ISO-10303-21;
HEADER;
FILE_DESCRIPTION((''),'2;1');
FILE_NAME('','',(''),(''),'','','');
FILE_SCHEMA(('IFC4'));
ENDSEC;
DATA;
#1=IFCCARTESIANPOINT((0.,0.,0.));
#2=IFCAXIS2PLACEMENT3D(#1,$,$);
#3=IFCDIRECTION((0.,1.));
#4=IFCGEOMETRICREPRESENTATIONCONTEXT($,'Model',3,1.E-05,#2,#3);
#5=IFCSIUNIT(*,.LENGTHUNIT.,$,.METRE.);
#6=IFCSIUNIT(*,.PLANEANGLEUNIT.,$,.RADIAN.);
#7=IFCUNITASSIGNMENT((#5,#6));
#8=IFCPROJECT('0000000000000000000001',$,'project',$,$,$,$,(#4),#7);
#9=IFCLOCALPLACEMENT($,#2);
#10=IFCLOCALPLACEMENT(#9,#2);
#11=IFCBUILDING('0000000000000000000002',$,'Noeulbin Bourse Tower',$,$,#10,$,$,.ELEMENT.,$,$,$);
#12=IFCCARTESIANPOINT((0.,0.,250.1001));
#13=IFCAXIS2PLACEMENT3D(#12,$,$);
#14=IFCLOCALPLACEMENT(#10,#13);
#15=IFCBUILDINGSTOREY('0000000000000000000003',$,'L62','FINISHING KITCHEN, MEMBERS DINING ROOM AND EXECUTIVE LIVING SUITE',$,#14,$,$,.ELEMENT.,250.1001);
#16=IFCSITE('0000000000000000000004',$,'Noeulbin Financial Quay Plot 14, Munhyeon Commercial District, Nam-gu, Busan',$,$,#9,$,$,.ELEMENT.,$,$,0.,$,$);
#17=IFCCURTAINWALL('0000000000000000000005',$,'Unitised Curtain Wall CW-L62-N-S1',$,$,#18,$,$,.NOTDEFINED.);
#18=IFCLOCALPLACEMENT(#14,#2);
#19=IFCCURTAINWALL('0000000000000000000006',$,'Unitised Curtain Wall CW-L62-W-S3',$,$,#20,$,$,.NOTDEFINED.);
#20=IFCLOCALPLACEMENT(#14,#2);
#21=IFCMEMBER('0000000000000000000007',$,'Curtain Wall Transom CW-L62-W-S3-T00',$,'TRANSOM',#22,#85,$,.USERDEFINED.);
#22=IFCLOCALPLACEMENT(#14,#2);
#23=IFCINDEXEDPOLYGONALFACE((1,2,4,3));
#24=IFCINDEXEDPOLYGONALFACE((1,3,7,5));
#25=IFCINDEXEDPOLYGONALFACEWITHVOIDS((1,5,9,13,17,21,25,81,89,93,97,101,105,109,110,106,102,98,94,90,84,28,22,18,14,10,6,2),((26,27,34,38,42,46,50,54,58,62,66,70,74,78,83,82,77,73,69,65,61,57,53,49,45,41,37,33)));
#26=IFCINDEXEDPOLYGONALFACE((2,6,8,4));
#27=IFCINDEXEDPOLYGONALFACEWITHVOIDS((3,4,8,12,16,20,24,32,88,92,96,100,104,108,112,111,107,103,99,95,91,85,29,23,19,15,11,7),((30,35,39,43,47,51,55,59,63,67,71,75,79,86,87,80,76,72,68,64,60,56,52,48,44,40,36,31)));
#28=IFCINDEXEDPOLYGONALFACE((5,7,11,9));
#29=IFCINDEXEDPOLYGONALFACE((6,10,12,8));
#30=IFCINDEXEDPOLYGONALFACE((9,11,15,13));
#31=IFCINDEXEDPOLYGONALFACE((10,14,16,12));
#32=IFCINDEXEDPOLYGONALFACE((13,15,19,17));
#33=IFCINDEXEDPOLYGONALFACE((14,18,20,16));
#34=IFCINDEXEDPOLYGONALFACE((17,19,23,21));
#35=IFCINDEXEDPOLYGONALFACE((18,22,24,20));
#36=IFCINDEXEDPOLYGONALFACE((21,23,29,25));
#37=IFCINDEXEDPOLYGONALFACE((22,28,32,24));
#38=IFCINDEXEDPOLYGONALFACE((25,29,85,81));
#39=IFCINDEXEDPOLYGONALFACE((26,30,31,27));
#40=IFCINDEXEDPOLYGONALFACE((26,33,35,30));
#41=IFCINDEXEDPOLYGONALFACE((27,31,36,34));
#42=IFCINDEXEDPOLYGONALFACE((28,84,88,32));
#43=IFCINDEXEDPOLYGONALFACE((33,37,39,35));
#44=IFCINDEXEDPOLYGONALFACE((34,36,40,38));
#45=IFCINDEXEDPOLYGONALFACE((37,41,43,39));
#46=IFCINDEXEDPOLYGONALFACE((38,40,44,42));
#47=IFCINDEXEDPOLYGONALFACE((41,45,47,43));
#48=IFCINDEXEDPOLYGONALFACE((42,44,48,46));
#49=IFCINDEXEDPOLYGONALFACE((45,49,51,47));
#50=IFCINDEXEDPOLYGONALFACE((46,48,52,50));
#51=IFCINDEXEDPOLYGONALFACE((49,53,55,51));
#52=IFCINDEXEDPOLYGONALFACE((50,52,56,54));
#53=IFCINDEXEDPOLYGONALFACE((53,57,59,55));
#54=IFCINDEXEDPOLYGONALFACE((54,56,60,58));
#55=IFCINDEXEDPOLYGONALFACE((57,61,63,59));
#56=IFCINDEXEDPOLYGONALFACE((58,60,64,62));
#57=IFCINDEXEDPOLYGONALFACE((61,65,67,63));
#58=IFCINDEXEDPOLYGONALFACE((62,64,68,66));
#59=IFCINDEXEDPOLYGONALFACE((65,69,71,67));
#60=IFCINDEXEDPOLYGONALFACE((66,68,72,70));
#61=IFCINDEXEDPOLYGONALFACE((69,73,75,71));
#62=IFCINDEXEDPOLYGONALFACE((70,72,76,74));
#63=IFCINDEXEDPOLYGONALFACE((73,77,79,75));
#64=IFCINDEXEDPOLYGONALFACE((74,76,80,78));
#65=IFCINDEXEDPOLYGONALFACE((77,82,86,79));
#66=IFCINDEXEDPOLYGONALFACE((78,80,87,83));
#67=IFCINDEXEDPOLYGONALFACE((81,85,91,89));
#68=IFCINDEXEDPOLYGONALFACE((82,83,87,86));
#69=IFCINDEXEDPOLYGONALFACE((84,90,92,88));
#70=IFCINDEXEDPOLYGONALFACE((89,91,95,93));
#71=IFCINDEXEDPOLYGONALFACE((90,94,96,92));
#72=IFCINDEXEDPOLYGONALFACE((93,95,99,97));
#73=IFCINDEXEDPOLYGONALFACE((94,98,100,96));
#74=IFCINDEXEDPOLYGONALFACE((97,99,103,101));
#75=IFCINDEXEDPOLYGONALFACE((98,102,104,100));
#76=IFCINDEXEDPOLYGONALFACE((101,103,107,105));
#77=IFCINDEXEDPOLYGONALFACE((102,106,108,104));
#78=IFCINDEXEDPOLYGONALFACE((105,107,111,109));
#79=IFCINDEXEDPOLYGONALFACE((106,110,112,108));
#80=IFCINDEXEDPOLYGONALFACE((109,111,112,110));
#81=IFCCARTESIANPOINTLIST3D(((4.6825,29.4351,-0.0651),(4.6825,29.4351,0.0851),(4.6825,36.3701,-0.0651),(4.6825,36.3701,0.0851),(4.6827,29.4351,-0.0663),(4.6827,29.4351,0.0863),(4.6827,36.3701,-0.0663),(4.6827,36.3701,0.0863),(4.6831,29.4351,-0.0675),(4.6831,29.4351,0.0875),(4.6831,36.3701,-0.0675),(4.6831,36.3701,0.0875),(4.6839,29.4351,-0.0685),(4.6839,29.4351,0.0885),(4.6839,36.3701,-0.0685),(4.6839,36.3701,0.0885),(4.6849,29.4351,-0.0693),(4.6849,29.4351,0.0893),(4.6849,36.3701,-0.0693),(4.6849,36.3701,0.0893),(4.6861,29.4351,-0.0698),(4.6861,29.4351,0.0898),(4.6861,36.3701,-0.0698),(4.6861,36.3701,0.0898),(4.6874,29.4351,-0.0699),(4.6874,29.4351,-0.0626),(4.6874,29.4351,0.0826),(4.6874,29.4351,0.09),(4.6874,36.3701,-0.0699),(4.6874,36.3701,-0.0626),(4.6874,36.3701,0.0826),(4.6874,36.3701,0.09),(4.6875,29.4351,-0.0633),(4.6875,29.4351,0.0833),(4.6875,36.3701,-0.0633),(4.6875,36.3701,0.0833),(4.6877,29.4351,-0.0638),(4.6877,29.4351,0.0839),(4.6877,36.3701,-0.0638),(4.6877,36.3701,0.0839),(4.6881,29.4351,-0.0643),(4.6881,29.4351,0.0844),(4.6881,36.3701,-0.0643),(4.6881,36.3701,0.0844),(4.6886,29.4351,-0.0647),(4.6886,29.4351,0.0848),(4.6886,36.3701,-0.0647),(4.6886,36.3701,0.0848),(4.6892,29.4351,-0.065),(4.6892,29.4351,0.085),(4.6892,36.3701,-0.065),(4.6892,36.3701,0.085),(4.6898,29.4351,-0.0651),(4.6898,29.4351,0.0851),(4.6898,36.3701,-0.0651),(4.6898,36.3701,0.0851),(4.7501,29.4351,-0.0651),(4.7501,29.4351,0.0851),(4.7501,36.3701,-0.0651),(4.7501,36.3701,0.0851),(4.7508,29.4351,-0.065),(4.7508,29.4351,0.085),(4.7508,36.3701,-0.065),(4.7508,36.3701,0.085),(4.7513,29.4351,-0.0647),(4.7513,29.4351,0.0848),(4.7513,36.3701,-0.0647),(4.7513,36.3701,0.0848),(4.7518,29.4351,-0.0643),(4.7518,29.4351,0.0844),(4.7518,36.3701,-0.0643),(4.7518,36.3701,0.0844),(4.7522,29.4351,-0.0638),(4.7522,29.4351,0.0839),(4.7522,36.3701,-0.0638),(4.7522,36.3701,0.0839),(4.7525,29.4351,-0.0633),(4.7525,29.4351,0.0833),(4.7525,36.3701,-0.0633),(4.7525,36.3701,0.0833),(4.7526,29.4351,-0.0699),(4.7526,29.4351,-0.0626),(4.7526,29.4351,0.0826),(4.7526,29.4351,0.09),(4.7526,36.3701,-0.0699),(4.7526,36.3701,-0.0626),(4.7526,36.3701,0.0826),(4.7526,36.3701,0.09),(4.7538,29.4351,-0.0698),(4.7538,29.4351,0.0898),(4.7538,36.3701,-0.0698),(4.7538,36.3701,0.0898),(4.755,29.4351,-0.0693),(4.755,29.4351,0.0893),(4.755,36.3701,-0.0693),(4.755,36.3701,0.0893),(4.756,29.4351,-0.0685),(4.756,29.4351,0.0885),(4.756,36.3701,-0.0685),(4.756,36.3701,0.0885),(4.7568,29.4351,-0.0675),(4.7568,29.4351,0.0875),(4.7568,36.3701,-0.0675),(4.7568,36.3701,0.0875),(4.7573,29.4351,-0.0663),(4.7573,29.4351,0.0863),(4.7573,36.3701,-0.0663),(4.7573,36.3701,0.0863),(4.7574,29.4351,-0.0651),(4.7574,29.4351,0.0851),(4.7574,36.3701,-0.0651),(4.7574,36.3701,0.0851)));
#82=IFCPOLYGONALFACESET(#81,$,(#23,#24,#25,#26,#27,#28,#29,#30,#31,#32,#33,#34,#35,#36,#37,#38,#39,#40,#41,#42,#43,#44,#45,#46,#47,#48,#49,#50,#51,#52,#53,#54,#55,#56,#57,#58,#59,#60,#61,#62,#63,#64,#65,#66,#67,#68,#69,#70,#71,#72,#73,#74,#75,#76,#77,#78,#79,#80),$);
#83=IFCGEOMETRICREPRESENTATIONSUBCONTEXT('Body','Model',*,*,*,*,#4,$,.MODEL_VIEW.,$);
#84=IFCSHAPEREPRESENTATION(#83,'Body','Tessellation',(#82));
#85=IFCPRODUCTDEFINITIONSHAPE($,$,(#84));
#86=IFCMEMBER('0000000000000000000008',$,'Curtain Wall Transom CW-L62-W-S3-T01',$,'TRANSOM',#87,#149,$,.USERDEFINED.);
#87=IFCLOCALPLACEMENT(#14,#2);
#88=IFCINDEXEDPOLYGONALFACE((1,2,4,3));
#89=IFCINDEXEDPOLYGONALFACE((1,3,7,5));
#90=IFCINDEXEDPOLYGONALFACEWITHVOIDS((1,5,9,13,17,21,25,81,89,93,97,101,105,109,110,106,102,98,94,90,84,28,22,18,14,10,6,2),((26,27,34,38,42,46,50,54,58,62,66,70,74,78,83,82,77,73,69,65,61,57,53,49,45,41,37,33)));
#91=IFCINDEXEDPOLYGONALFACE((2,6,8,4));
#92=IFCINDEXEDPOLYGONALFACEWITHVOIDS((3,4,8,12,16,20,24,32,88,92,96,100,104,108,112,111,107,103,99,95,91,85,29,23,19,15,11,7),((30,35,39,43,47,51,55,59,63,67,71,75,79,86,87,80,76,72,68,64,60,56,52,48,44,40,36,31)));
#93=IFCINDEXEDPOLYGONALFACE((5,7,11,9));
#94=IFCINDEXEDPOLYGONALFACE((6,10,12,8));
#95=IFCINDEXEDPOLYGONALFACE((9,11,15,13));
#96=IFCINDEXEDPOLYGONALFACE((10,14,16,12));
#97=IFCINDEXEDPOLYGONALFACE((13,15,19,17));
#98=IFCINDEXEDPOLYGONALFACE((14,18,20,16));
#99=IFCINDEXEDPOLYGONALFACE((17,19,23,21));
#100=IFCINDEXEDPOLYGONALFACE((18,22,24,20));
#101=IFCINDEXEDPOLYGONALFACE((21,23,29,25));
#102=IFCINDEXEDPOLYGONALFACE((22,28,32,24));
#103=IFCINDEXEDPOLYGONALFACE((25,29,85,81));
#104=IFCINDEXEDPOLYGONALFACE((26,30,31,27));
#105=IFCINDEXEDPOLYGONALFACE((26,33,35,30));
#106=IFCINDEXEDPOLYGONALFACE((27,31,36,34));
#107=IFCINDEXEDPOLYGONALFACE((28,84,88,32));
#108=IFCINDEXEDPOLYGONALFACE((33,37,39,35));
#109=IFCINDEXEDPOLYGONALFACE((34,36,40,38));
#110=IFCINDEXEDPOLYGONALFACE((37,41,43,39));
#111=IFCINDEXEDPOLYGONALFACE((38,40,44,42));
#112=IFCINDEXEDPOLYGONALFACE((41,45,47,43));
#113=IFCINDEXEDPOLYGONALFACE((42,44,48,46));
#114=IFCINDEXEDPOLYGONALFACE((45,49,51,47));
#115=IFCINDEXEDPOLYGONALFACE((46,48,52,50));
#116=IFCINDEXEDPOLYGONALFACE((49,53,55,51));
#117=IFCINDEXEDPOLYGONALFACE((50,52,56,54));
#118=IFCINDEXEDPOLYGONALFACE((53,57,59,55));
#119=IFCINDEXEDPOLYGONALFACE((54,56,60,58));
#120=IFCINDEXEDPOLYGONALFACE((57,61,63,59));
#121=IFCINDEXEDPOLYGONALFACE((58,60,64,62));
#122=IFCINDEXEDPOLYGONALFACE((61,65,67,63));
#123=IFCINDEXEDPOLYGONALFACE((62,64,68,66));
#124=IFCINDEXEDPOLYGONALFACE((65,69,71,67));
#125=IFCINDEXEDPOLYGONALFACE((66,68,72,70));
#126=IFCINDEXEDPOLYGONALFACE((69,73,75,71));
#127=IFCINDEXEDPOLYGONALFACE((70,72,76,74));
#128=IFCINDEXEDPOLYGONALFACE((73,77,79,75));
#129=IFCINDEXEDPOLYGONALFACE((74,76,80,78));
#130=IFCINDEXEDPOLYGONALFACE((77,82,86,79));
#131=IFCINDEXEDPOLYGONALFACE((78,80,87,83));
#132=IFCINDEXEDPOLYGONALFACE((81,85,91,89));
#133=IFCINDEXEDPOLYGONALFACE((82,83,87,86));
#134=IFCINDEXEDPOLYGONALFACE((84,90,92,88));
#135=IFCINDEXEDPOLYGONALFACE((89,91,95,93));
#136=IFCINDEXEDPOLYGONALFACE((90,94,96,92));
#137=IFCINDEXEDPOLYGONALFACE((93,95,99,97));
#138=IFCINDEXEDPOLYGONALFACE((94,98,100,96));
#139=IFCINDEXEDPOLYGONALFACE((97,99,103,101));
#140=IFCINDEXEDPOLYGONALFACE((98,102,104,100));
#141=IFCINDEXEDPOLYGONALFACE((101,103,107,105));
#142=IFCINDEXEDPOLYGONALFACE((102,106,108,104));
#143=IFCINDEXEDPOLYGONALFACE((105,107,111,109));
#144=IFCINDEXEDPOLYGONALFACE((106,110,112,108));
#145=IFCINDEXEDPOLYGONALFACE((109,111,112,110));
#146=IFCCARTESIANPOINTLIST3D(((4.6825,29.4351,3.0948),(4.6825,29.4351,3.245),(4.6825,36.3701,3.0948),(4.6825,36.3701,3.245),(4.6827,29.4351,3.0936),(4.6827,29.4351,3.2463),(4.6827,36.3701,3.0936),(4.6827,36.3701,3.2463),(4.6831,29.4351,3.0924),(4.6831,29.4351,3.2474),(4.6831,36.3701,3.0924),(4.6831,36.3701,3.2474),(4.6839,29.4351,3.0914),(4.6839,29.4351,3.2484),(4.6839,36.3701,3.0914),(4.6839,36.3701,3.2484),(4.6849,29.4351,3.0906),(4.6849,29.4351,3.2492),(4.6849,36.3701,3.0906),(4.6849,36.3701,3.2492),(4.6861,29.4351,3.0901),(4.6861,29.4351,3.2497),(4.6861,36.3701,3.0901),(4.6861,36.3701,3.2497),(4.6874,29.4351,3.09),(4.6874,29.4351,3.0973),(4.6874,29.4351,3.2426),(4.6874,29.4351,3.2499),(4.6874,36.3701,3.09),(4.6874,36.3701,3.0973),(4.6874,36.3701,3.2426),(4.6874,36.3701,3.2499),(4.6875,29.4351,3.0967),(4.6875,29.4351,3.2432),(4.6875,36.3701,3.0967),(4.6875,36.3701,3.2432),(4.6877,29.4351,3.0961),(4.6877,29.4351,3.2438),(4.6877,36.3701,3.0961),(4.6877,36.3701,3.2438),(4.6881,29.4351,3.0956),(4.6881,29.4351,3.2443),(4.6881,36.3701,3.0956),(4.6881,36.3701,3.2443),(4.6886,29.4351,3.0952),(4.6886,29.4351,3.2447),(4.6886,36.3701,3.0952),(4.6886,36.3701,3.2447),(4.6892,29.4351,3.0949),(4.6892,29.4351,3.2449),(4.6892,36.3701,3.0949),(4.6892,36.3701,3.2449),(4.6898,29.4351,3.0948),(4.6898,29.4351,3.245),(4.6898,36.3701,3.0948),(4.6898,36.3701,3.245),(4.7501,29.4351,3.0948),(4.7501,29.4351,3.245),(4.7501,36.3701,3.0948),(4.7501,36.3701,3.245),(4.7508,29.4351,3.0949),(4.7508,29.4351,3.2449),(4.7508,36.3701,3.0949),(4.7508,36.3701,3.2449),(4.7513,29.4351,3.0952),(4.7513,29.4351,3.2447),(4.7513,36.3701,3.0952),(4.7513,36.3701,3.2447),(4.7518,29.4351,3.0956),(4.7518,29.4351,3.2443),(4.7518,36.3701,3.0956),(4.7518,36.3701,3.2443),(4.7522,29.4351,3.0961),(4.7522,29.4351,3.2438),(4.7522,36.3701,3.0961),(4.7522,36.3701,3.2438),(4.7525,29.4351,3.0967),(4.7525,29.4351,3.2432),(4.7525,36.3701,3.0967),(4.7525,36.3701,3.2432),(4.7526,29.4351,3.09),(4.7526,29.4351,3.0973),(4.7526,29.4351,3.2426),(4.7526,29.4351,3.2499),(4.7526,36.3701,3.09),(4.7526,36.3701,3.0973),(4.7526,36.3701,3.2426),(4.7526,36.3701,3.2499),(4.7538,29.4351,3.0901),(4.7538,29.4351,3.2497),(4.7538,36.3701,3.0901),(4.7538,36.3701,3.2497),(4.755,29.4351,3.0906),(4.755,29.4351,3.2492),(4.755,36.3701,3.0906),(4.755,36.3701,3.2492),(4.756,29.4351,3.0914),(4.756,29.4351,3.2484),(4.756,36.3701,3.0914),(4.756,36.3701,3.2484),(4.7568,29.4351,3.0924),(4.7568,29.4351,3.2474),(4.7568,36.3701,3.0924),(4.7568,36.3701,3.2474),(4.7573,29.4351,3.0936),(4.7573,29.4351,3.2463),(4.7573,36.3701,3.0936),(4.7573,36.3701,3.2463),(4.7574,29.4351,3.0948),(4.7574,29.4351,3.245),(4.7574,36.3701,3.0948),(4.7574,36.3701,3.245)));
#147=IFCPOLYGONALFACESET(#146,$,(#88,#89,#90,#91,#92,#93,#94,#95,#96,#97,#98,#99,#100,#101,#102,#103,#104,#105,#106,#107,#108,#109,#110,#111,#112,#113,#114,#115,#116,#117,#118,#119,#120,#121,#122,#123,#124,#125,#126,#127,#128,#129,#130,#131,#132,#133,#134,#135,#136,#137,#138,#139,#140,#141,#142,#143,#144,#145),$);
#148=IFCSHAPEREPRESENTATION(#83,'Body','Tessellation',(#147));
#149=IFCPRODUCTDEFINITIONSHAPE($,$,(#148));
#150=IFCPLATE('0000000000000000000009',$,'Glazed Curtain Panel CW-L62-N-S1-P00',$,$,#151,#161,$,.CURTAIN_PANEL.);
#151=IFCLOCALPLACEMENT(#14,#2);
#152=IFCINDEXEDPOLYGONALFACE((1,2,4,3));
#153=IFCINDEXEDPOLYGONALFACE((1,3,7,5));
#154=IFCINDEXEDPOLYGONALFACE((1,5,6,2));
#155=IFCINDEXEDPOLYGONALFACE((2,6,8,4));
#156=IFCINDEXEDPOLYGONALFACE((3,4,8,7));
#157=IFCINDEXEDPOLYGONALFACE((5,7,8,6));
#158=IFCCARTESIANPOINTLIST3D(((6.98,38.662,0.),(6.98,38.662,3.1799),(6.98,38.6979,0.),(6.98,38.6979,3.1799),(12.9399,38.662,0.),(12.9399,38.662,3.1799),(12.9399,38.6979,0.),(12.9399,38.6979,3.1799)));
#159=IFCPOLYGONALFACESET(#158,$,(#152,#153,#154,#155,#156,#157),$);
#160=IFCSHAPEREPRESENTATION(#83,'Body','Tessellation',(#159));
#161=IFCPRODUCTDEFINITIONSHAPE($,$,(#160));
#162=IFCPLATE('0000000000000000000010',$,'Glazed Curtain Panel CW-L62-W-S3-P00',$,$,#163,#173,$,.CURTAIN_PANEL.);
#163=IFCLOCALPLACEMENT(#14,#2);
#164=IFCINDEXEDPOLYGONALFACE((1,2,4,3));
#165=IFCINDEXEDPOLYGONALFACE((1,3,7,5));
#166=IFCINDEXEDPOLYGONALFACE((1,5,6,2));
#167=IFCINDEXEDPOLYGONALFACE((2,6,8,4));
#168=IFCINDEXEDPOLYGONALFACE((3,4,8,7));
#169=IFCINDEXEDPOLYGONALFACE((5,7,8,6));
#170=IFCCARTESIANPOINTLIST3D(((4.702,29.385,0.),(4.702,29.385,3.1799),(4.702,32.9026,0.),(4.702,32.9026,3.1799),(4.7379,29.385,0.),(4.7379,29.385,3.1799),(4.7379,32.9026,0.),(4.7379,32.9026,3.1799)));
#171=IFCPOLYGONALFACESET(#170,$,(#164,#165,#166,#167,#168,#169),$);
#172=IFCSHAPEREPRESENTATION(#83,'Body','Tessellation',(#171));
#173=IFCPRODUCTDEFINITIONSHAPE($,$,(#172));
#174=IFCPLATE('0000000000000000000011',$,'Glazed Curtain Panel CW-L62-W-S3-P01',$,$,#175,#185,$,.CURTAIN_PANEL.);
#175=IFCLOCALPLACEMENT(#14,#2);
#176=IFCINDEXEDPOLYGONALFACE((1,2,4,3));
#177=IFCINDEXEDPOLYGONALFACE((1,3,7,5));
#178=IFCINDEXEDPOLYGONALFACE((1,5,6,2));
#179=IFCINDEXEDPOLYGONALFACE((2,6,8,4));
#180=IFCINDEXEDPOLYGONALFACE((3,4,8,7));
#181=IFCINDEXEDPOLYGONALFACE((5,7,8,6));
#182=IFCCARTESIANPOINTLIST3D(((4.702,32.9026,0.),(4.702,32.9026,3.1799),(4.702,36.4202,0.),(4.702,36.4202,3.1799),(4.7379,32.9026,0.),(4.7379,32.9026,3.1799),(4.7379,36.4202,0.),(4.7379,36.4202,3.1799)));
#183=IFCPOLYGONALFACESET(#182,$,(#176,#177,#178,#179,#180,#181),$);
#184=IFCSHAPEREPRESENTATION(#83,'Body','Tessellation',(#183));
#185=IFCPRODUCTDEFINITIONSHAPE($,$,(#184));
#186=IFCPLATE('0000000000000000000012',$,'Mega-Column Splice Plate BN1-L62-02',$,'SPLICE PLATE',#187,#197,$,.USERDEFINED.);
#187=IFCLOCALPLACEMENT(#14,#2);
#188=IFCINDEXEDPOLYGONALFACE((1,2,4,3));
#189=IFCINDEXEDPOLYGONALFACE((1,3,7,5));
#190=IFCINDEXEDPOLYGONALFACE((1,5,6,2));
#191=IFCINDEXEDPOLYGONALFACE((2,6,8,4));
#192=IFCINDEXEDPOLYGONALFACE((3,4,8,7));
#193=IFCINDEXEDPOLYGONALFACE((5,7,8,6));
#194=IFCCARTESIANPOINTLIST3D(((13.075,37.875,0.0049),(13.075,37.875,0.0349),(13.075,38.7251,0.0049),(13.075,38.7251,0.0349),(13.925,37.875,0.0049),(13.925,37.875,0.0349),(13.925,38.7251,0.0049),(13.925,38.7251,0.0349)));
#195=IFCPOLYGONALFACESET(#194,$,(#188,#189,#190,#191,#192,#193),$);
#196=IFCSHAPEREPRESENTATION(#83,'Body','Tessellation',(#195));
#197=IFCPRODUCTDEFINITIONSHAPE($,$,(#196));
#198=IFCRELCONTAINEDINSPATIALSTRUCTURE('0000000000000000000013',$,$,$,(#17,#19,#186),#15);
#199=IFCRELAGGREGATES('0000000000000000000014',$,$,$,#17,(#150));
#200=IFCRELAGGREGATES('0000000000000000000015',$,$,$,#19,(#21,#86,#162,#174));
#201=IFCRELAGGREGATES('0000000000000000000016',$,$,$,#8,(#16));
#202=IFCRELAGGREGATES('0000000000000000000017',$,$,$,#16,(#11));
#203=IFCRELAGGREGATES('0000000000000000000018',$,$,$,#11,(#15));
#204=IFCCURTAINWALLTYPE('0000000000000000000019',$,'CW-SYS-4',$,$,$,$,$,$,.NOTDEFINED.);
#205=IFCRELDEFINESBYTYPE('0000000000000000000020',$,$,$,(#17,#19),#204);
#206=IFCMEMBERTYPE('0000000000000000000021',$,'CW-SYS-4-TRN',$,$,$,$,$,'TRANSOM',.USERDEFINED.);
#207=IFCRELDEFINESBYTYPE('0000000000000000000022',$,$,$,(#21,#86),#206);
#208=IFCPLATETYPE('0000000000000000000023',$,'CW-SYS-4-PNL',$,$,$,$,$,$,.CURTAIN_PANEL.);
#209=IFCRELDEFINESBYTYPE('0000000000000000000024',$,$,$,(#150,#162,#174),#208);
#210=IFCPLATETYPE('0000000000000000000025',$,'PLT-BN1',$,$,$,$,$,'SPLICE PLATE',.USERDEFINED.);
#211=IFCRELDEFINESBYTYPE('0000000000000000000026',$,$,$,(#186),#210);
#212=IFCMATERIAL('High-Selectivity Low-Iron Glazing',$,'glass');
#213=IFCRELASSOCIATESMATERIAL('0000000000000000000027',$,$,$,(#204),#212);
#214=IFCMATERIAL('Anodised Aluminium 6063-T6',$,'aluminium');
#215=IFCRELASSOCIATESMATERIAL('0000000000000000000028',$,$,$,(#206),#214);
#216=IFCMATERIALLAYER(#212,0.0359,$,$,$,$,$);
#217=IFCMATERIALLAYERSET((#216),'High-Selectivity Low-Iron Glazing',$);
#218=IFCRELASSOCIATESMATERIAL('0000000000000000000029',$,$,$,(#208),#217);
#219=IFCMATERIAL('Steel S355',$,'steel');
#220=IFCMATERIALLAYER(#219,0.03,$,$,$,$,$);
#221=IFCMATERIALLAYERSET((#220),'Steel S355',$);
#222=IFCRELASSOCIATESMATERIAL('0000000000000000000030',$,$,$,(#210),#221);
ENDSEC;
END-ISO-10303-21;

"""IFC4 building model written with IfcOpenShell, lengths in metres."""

from ifc_helpers import new_model, si_unit, direction, frame, origin, origin_2d, place, context, subcontext, project, spatial, rectangle, hollow_rectangle, extrude, material, layer, layer_set, material_profile, profile_set, type_object, element, aggregate, save


model = new_model("IFC4")

# Units and contexts
model_context = context("Model", 3, precision=1e-05, world=origin(), true_north=direction((0.0, 1.0)))
body_context = subcontext(model_context, "Body", "Model", "MODEL_VIEW")
ifc_project = project(units=[si_unit("LENGTHUNIT", "METRE"), si_unit("PLANEANGLEUNIT", "RADIAN")], contexts=[model_context])

# Site, building, storey
site_placement = place(None, origin())
site = spatial("IfcSite", under=ifc_project, at=site_placement, Name="Noeulbin Financial Quay Plot 14, Munhyeon Commercial District, Nam-gu, Busan", CompositionType="ELEMENT", RefElevation=0.0)
building_placement = place(site_placement, origin())
building = spatial("IfcBuilding", under=site, at=building_placement, Name="Noeulbin Bourse Tower", CompositionType="ELEMENT")
storey_placement = place(building_placement, frame((0.0, 0.0, 250.1001)))
storey = spatial("IfcBuildingStorey", under=building, at=storey_placement, Name="L62", Description="FINISHING KITCHEN, MEMBERS DINING ROOM AND EXECUTIVE LIVING SUITE", CompositionType="ELEMENT", Elevation=250.1001)

# Shared definitions
ifc_material_1 = material(Name="Steel S355", Category="steel")

# Curtain wall
ifc_material_2 = material(Name="High-Selectivity Low-Iron Glazing", Category="glass")
curtain_wall_type = type_object("IfcCurtainWallType", Name="CW-SYS-4", PredefinedType="NOTDEFINED", material=ifc_material_2)
curtain_wall_1_placement = place(storey_placement, origin())
curtain_wall_1 = element("IfcCurtainWall", 1, at=curtain_wall_1_placement, inside=storey, type_object=curtain_wall_type, Name="Unitised Curtain Wall CW-L62-N-S1", PredefinedType="NOTDEFINED")
ifc_material_3 = material(Name="Anodised Aluminium 6063-T6", Category="aluminium")

# Curtain wall
curtain_wall_2_placement = place(storey_placement, origin())
curtain_wall_2 = element("IfcCurtainWall", 2, at=curtain_wall_2_placement, inside=storey, type_object=curtain_wall_type, Name="Unitised Curtain Wall CW-L62-W-S3", PredefinedType="NOTDEFINED")

# Members
ifc_material_profile_1 = material_profile(ifc_material_3, hollow_rectangle(XDim=0.075, YDim=0.1599, WallThickness=0.0049, InnerFilletRadius=0.0024, OuterFilletRadius=0.0049, at=origin_2d()), Name="ALU-TRAN-75x160x5", Category="LoadBearing")
ifc_profile_set_1 = profile_set([ifc_material_profile_1], Name="Anodised Aluminium 6063-T6")
member_type_1 = type_object("IfcMemberType", Name="CW-SYS-4-TRN", ElementType="TRANSOM", PredefinedType="USERDEFINED", material=ifc_profile_set_1)
member_1_placement = place(storey_placement, frame((4.72, 29.4351, 0.01), z_axis=(0.0, 1.0, 0.0), x_axis=(-1.0, 0.0, 0.0)))
member_1 = element("IfcMember", 3, at=member_1_placement, type_object=member_type_1, Name="Curtain Wall Transom CW-L62-W-S3-T00", ObjectType="TRANSOM", PredefinedType="USERDEFINED", context=body_context, shape_type="SweptSolid", body=[
    extrude(hollow_rectangle(XDim=0.075, YDim=0.1599, WallThickness=0.0049, InnerFilletRadius=0.0024, OuterFilletRadius=0.0049, at=origin_2d()), origin(), (0.0, 0.0, 1.0), 6.9351),
])
member_2_placement = place(storey_placement, frame((4.72, 29.4351, 3.1699), z_axis=(0.0, 1.0, 0.0), x_axis=(-1.0, 0.0, 0.0)))
member_2 = element("IfcMember", 4, at=member_2_placement, type_object=member_type_1, Name="Curtain Wall Transom CW-L62-W-S3-T01", ObjectType="TRANSOM", PredefinedType="USERDEFINED", context=body_context, shape_type="SweptSolid", body=[
    extrude(hollow_rectangle(XDim=0.075, YDim=0.1599, WallThickness=0.0049, InnerFilletRadius=0.0024, OuterFilletRadius=0.0049, at=origin_2d()), origin(), (0.0, 0.0, 1.0), 6.9351),
])

# Plates
ifc_layer_1 = layer(ifc_material_2, 0.0359)
ifc_layer_set_1 = layer_set([ifc_layer_1], Name="High-Selectivity Low-Iron Glazing")
plate_type_1 = type_object("IfcPlateType", Name="CW-SYS-4-PNL", PredefinedType="CURTAIN_PANEL", material=ifc_layer_set_1)
plate_1_placement = place(storey_placement, frame((9.96, 38.6799, 0.0), z_axis=(0.0, 0.0, 1.0), x_axis=(1.0, 0.0, 0.0)))
plate_1 = element("IfcPlate", 5, at=plate_1_placement, type_object=plate_type_1, Name="Glazed Curtain Panel CW-L62-N-S1-P00", PredefinedType="CURTAIN_PANEL", context=body_context, shape_type="SweptSolid", body=[
    extrude(rectangle(XDim=5.96, YDim=0.0359, at=origin_2d()), origin(), (0.0, 0.0, 1.0), 3.1799),
])
aggregate(curtain_wall_1, [plate_1])
plate_2_placement = place(storey_placement, frame((4.72, 31.1438, 0.0), z_axis=(0.0, 0.0, 1.0), x_axis=(0.0, 1.0, 0.0)))
plate_2 = element("IfcPlate", 6, at=plate_2_placement, type_object=plate_type_1, Name="Glazed Curtain Panel CW-L62-W-S3-P00", PredefinedType="CURTAIN_PANEL", context=body_context, shape_type="SweptSolid", body=[
    extrude(rectangle(XDim=3.5176, YDim=0.0359, at=origin_2d()), origin(), (0.0, 0.0, 1.0), 3.1799),
])
plate_3_placement = place(storey_placement, frame((4.72, 34.6614, 0.0), z_axis=(0.0, 0.0, 1.0), x_axis=(0.0, 1.0, 0.0)))
plate_3 = element("IfcPlate", 7, at=plate_3_placement, type_object=plate_type_1, Name="Glazed Curtain Panel CW-L62-W-S3-P01", PredefinedType="CURTAIN_PANEL", context=body_context, shape_type="SweptSolid", body=[
    extrude(rectangle(XDim=3.5176, YDim=0.0359, at=origin_2d()), origin(), (0.0, 0.0, 1.0), 3.1799),
])
aggregate(curtain_wall_2, [member_1, member_2, plate_2, plate_3])
ifc_layer_2 = layer(ifc_material_1, 0.03)
ifc_layer_set_2 = layer_set([ifc_layer_2], Name="Steel S355")
plate_type_2 = type_object("IfcPlateType", Name="PLT-BN1", ElementType="SPLICE PLATE", PredefinedType="USERDEFINED", material=ifc_layer_set_2)
plate_4_placement = place(storey_placement, frame((13.5, 38.3, 0.0049), z_axis=(0.0, 0.0, 1.0), x_axis=(1.0, 0.0, 0.0)))
element("IfcPlate", 8, at=plate_4_placement, inside=storey, type_object=plate_type_2, Name="Mega-Column Splice Plate BN1-L62-02", ObjectType="SPLICE PLATE", PredefinedType="USERDEFINED", context=body_context, shape_type="SweptSolid", body=[
    extrude(rectangle(XDim=0.8501, YDim=0.8501, at=origin_2d()), origin(), (0.0, 0.0, 1.0), 0.03),
])

save(model, "model.ifc")
